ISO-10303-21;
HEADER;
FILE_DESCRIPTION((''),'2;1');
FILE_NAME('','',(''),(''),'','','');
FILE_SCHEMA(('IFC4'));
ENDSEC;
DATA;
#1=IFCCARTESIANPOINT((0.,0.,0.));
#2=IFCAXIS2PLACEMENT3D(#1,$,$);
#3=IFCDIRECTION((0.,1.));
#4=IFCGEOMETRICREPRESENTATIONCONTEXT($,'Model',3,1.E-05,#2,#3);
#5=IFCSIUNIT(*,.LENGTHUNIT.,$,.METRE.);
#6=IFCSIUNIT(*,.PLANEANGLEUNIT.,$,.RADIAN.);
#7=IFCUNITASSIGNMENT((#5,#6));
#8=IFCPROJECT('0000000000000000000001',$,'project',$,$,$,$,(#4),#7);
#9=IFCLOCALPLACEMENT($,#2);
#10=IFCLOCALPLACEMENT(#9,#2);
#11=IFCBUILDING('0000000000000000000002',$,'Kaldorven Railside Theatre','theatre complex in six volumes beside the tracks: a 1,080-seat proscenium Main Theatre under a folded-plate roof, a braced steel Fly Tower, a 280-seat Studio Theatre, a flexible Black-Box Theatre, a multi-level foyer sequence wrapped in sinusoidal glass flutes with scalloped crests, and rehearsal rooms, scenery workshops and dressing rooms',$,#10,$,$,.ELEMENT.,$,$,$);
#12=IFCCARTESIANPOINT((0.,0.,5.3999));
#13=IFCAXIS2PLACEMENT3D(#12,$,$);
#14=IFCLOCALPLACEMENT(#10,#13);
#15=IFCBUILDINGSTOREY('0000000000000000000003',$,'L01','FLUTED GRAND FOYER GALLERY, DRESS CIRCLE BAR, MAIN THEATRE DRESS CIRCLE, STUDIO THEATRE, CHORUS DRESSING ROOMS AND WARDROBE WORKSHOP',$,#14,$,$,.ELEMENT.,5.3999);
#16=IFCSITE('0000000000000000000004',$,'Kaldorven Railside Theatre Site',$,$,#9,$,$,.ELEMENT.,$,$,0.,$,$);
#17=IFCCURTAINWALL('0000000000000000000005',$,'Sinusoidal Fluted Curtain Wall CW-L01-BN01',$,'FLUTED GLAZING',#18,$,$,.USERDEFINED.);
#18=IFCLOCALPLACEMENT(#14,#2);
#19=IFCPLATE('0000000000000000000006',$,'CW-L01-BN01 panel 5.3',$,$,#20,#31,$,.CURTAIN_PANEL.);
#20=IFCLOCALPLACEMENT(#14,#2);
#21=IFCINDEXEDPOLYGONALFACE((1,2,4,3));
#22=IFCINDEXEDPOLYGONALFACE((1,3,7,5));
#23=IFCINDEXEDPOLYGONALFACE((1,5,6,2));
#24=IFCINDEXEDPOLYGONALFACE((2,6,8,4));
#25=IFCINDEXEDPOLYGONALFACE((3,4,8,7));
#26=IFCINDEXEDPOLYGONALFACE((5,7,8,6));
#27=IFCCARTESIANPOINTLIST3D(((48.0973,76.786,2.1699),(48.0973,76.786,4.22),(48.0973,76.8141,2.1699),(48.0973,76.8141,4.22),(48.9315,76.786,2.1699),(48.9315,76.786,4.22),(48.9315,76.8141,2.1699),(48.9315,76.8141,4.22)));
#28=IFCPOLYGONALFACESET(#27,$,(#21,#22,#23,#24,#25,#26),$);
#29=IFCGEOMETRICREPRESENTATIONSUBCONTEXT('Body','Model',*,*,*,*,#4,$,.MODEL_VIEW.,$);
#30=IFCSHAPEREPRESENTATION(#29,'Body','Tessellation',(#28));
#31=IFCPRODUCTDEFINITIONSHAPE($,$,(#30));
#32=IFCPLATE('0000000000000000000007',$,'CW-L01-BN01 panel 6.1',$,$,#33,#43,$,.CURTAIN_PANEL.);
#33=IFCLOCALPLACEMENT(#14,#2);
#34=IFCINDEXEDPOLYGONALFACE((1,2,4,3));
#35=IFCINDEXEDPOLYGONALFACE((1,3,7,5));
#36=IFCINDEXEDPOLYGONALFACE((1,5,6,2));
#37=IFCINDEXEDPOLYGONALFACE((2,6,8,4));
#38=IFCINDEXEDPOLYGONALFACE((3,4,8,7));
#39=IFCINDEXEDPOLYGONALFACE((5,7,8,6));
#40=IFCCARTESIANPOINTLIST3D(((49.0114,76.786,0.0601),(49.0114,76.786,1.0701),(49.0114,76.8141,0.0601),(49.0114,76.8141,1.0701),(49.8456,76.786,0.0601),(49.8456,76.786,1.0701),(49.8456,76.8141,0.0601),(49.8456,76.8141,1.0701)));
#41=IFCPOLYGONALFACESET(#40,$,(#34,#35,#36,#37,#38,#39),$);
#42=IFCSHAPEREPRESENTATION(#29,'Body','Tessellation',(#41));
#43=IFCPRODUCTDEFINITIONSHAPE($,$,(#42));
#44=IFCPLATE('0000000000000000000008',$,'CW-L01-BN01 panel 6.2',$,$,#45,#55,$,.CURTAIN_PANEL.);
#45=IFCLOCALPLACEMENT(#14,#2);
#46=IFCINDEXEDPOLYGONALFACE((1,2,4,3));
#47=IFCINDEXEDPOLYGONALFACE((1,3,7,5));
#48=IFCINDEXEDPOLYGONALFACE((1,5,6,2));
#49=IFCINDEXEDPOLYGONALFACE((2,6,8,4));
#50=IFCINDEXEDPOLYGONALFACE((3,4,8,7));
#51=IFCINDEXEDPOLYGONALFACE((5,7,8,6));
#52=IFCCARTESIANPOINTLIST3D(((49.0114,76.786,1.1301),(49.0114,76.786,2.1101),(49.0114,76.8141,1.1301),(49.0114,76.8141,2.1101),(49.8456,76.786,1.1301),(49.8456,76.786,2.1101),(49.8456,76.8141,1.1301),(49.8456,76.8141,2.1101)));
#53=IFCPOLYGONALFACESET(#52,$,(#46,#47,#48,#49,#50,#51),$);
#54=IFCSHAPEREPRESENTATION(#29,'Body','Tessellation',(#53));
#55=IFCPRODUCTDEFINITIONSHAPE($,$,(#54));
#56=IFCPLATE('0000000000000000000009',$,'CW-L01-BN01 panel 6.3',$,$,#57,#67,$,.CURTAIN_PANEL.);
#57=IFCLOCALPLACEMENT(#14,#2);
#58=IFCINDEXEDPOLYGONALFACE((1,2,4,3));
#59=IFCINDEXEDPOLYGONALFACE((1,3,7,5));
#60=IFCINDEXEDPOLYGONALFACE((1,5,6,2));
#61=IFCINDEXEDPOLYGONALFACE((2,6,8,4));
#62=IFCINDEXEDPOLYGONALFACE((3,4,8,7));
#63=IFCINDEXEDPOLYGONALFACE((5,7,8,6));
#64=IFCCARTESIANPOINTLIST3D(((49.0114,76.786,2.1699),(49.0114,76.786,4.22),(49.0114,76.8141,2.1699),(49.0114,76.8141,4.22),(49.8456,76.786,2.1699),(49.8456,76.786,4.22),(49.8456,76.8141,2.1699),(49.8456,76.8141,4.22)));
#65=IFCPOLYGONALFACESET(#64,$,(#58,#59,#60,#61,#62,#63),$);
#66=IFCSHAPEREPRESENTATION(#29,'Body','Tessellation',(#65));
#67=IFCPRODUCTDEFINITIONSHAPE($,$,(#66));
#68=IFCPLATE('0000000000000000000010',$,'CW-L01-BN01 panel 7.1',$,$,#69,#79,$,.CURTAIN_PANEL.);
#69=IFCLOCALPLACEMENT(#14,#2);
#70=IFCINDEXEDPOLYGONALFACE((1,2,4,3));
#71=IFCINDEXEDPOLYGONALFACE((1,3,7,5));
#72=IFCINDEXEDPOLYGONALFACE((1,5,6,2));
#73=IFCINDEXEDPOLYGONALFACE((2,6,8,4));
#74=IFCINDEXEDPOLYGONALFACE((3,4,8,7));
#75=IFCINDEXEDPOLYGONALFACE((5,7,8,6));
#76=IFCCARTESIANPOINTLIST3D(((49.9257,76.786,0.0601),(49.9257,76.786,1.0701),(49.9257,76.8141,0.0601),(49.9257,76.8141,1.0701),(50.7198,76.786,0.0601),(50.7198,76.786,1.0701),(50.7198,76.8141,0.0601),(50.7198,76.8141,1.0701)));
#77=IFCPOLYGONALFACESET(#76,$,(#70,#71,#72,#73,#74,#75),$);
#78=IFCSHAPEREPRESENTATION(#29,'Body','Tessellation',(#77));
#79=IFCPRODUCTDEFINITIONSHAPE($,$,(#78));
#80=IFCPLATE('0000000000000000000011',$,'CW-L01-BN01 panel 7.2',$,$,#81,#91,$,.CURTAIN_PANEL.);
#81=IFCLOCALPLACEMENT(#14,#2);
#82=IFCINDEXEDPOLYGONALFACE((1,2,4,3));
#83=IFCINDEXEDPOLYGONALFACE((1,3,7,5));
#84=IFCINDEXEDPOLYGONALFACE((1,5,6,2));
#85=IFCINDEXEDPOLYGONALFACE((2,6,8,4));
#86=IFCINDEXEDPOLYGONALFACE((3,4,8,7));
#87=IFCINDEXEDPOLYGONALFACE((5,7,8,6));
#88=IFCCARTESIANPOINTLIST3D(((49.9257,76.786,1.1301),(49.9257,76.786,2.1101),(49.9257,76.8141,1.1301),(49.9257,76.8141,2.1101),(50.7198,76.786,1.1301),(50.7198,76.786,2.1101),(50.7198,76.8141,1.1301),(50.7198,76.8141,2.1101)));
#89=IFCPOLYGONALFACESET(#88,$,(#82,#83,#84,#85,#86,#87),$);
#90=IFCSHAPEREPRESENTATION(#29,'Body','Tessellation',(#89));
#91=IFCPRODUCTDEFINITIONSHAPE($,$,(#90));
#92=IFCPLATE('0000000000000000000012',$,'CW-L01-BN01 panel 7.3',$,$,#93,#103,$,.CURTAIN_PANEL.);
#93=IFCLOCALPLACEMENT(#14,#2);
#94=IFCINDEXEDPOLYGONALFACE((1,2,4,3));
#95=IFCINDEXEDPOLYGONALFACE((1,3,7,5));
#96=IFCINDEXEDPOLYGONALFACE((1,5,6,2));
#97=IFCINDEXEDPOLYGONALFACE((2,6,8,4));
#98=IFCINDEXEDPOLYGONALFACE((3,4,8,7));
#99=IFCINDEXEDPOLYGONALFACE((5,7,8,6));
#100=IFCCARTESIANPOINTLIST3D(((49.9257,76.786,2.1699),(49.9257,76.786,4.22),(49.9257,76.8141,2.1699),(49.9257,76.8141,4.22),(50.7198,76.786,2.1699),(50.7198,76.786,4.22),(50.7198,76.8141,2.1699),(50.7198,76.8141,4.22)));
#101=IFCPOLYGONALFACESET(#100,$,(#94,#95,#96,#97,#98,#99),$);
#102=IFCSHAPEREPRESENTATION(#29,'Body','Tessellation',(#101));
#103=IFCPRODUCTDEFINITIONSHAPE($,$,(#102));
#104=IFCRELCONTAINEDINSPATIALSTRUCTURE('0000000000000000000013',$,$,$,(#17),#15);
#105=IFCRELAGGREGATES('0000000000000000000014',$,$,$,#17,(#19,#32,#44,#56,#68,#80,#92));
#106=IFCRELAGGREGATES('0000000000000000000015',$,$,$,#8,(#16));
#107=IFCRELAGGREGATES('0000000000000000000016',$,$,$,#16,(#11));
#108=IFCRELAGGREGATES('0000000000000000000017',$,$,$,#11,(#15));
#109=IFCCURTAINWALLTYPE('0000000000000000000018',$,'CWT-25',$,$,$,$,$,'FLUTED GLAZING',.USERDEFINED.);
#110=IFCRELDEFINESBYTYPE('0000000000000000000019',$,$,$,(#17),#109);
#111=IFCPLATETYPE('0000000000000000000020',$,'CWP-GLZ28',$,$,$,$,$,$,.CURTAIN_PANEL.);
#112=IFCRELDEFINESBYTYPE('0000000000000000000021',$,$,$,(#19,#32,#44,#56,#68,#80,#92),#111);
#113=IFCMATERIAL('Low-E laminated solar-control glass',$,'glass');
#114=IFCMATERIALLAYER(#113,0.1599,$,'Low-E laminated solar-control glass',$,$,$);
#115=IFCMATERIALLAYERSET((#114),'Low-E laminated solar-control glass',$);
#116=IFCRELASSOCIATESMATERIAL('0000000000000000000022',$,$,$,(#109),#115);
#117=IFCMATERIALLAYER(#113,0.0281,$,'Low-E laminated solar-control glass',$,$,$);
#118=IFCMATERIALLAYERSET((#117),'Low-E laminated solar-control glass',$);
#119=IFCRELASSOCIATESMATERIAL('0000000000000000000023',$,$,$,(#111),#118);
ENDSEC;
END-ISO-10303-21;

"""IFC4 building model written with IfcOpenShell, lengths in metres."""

from ifc_helpers import new_model, si_unit, direction, frame, origin, origin_2d, place, context, subcontext, project, spatial, rectangle, extrude, material, layer, layer_set, type_object, element, aggregate, save


model = new_model("IFC4")

# Units and contexts
model_context = context("Model", 3, precision=1e-05, world=origin(), true_north=direction((0.0, 1.0)))
body_context = subcontext(model_context, "Body", "Model", "MODEL_VIEW")
ifc_project = project(units=[si_unit("LENGTHUNIT", "METRE"), si_unit("PLANEANGLEUNIT", "RADIAN")], contexts=[model_context])

# Site, building, storey
site_placement = place(None, origin())
site = spatial("IfcSite", under=ifc_project, at=site_placement, Name="Kaldorven Railside Theatre Site", CompositionType="ELEMENT", RefElevation=0.0)
building_placement = place(site_placement, origin())
building = spatial("IfcBuilding", under=site, at=building_placement, Name="Kaldorven Railside Theatre", Description="theatre complex in six volumes beside the tracks: a 1,080-seat proscenium Main Theatre under a folded-plate roof, a braced steel Fly Tower, a 280-seat Studio Theatre, a flexible Black-Box Theatre, a multi-level foyer sequence wrapped in sinusoidal glass flutes with scalloped crests, and rehearsal rooms, scenery workshops and dressing rooms", CompositionType="ELEMENT")
storey_placement = place(building_placement, frame((0.0, 0.0, 5.3999)))
storey = spatial("IfcBuildingStorey", under=building, at=storey_placement, Name="L01", Description="FLUTED GRAND FOYER GALLERY, DRESS CIRCLE BAR, MAIN THEATRE DRESS CIRCLE, STUDIO THEATRE, CHORUS DRESSING ROOMS AND WARDROBE WORKSHOP", CompositionType="ELEMENT", Elevation=5.3999)

# Curtain wall
ifc_material_1 = material(Name="Low-E laminated solar-control glass", Category="glass")
ifc_layer_1 = layer(ifc_material_1, 0.1599, Name="Low-E laminated solar-control glass")
ifc_layer_set_1 = layer_set([ifc_layer_1], Name="Low-E laminated solar-control glass")
curtain_wall_type = type_object("IfcCurtainWallType", Name="CWT-25", ElementType="FLUTED GLAZING", PredefinedType="USERDEFINED", material=ifc_layer_set_1)
curtain_wall_1_placement = place(storey_placement, origin())
curtain_wall_1 = element("IfcCurtainWall", 1, at=curtain_wall_1_placement, inside=storey, type_object=curtain_wall_type, Name="Sinusoidal Fluted Curtain Wall CW-L01-BN01", ObjectType="FLUTED GLAZING", PredefinedType="USERDEFINED")

# Plates
ifc_layer_2 = layer(ifc_material_1, 0.0281, Name="Low-E laminated solar-control glass")
ifc_layer_set_2 = layer_set([ifc_layer_2], Name="Low-E laminated solar-control glass")
plate_type = type_object("IfcPlateType", Name="CWP-GLZ28", PredefinedType="CURTAIN_PANEL", material=ifc_layer_set_2)
plate_1_placement = place(storey_placement, frame((48.5144, 76.8, 2.1699), z_axis=(0.0, 0.0, 1.0), x_axis=(1.0, 0.0, 0.0)))
plate_1 = element("IfcPlate", 2, at=plate_1_placement, type_object=plate_type, Name="CW-L01-BN01 panel 5.3", PredefinedType="CURTAIN_PANEL", context=body_context, shape_type="SweptSolid", body=[
    extrude(rectangle(XDim=0.8342, YDim=0.0281, at=origin_2d()), origin(), (0.0, 0.0, 1.0), 2.05),
])
plate_2_placement = place(storey_placement, frame((49.4285, 76.8, 0.0601), z_axis=(0.0, 0.0, 1.0), x_axis=(1.0, 0.0, 0.0)))
plate_2 = element("IfcPlate", 3, at=plate_2_placement, type_object=plate_type, Name="CW-L01-BN01 panel 6.1", PredefinedType="CURTAIN_PANEL", context=body_context, shape_type="SweptSolid", body=[
    extrude(rectangle(XDim=0.8342, YDim=0.0281, at=origin_2d()), origin(), (0.0, 0.0, 1.0), 1.01),
])
plate_3_placement = place(storey_placement, frame((49.4285, 76.8, 1.1301), z_axis=(0.0, 0.0, 1.0), x_axis=(1.0, 0.0, 0.0)))
plate_3 = element("IfcPlate", 4, at=plate_3_placement, type_object=plate_type, Name="CW-L01-BN01 panel 6.2", PredefinedType="CURTAIN_PANEL", context=body_context, shape_type="SweptSolid", body=[
    extrude(rectangle(XDim=0.8342, YDim=0.0281, at=origin_2d()), origin(), (0.0, 0.0, 1.0), 0.98),
])
plate_4_placement = place(storey_placement, frame((49.4285, 76.8, 2.1699), z_axis=(0.0, 0.0, 1.0), x_axis=(1.0, 0.0, 0.0)))
plate_4 = element("IfcPlate", 5, at=plate_4_placement, type_object=plate_type, Name="CW-L01-BN01 panel 6.3", PredefinedType="CURTAIN_PANEL", context=body_context, shape_type="SweptSolid", body=[
    extrude(rectangle(XDim=0.8342, YDim=0.0281, at=origin_2d()), origin(), (0.0, 0.0, 1.0), 2.05),
])
plate_5_placement = place(storey_placement, frame((50.3228, 76.8, 0.0601), z_axis=(0.0, 0.0, 1.0), x_axis=(1.0, 0.0, 0.0)))
plate_5 = element("IfcPlate", 6, at=plate_5_placement, type_object=plate_type, Name="CW-L01-BN01 panel 7.1", PredefinedType="CURTAIN_PANEL", context=body_context, shape_type="SweptSolid", body=[
    extrude(rectangle(XDim=0.7942, YDim=0.0281, at=origin_2d()), origin(), (0.0, 0.0, 1.0), 1.01),
])
plate_6_placement = place(storey_placement, frame((50.3228, 76.8, 1.1301), z_axis=(0.0, 0.0, 1.0), x_axis=(1.0, 0.0, 0.0)))
plate_6 = element("IfcPlate", 7, at=plate_6_placement, type_object=plate_type, Name="CW-L01-BN01 panel 7.2", PredefinedType="CURTAIN_PANEL", context=body_context, shape_type="SweptSolid", body=[
    extrude(rectangle(XDim=0.7942, YDim=0.0281, at=origin_2d()), origin(), (0.0, 0.0, 1.0), 0.98),
])
plate_7_placement = place(storey_placement, frame((50.3228, 76.8, 2.1699), z_axis=(0.0, 0.0, 1.0), x_axis=(1.0, 0.0, 0.0)))
plate_7 = element("IfcPlate", 8, at=plate_7_placement, type_object=plate_type, Name="CW-L01-BN01 panel 7.3", PredefinedType="CURTAIN_PANEL", context=body_context, shape_type="SweptSolid", body=[
    extrude(rectangle(XDim=0.7942, YDim=0.0281, at=origin_2d()), origin(), (0.0, 0.0, 1.0), 2.05),
])
aggregate(curtain_wall_1, [plate_1, plate_2, plate_3, plate_4, plate_5, plate_6, plate_7])

save(model, "model.ifc")
